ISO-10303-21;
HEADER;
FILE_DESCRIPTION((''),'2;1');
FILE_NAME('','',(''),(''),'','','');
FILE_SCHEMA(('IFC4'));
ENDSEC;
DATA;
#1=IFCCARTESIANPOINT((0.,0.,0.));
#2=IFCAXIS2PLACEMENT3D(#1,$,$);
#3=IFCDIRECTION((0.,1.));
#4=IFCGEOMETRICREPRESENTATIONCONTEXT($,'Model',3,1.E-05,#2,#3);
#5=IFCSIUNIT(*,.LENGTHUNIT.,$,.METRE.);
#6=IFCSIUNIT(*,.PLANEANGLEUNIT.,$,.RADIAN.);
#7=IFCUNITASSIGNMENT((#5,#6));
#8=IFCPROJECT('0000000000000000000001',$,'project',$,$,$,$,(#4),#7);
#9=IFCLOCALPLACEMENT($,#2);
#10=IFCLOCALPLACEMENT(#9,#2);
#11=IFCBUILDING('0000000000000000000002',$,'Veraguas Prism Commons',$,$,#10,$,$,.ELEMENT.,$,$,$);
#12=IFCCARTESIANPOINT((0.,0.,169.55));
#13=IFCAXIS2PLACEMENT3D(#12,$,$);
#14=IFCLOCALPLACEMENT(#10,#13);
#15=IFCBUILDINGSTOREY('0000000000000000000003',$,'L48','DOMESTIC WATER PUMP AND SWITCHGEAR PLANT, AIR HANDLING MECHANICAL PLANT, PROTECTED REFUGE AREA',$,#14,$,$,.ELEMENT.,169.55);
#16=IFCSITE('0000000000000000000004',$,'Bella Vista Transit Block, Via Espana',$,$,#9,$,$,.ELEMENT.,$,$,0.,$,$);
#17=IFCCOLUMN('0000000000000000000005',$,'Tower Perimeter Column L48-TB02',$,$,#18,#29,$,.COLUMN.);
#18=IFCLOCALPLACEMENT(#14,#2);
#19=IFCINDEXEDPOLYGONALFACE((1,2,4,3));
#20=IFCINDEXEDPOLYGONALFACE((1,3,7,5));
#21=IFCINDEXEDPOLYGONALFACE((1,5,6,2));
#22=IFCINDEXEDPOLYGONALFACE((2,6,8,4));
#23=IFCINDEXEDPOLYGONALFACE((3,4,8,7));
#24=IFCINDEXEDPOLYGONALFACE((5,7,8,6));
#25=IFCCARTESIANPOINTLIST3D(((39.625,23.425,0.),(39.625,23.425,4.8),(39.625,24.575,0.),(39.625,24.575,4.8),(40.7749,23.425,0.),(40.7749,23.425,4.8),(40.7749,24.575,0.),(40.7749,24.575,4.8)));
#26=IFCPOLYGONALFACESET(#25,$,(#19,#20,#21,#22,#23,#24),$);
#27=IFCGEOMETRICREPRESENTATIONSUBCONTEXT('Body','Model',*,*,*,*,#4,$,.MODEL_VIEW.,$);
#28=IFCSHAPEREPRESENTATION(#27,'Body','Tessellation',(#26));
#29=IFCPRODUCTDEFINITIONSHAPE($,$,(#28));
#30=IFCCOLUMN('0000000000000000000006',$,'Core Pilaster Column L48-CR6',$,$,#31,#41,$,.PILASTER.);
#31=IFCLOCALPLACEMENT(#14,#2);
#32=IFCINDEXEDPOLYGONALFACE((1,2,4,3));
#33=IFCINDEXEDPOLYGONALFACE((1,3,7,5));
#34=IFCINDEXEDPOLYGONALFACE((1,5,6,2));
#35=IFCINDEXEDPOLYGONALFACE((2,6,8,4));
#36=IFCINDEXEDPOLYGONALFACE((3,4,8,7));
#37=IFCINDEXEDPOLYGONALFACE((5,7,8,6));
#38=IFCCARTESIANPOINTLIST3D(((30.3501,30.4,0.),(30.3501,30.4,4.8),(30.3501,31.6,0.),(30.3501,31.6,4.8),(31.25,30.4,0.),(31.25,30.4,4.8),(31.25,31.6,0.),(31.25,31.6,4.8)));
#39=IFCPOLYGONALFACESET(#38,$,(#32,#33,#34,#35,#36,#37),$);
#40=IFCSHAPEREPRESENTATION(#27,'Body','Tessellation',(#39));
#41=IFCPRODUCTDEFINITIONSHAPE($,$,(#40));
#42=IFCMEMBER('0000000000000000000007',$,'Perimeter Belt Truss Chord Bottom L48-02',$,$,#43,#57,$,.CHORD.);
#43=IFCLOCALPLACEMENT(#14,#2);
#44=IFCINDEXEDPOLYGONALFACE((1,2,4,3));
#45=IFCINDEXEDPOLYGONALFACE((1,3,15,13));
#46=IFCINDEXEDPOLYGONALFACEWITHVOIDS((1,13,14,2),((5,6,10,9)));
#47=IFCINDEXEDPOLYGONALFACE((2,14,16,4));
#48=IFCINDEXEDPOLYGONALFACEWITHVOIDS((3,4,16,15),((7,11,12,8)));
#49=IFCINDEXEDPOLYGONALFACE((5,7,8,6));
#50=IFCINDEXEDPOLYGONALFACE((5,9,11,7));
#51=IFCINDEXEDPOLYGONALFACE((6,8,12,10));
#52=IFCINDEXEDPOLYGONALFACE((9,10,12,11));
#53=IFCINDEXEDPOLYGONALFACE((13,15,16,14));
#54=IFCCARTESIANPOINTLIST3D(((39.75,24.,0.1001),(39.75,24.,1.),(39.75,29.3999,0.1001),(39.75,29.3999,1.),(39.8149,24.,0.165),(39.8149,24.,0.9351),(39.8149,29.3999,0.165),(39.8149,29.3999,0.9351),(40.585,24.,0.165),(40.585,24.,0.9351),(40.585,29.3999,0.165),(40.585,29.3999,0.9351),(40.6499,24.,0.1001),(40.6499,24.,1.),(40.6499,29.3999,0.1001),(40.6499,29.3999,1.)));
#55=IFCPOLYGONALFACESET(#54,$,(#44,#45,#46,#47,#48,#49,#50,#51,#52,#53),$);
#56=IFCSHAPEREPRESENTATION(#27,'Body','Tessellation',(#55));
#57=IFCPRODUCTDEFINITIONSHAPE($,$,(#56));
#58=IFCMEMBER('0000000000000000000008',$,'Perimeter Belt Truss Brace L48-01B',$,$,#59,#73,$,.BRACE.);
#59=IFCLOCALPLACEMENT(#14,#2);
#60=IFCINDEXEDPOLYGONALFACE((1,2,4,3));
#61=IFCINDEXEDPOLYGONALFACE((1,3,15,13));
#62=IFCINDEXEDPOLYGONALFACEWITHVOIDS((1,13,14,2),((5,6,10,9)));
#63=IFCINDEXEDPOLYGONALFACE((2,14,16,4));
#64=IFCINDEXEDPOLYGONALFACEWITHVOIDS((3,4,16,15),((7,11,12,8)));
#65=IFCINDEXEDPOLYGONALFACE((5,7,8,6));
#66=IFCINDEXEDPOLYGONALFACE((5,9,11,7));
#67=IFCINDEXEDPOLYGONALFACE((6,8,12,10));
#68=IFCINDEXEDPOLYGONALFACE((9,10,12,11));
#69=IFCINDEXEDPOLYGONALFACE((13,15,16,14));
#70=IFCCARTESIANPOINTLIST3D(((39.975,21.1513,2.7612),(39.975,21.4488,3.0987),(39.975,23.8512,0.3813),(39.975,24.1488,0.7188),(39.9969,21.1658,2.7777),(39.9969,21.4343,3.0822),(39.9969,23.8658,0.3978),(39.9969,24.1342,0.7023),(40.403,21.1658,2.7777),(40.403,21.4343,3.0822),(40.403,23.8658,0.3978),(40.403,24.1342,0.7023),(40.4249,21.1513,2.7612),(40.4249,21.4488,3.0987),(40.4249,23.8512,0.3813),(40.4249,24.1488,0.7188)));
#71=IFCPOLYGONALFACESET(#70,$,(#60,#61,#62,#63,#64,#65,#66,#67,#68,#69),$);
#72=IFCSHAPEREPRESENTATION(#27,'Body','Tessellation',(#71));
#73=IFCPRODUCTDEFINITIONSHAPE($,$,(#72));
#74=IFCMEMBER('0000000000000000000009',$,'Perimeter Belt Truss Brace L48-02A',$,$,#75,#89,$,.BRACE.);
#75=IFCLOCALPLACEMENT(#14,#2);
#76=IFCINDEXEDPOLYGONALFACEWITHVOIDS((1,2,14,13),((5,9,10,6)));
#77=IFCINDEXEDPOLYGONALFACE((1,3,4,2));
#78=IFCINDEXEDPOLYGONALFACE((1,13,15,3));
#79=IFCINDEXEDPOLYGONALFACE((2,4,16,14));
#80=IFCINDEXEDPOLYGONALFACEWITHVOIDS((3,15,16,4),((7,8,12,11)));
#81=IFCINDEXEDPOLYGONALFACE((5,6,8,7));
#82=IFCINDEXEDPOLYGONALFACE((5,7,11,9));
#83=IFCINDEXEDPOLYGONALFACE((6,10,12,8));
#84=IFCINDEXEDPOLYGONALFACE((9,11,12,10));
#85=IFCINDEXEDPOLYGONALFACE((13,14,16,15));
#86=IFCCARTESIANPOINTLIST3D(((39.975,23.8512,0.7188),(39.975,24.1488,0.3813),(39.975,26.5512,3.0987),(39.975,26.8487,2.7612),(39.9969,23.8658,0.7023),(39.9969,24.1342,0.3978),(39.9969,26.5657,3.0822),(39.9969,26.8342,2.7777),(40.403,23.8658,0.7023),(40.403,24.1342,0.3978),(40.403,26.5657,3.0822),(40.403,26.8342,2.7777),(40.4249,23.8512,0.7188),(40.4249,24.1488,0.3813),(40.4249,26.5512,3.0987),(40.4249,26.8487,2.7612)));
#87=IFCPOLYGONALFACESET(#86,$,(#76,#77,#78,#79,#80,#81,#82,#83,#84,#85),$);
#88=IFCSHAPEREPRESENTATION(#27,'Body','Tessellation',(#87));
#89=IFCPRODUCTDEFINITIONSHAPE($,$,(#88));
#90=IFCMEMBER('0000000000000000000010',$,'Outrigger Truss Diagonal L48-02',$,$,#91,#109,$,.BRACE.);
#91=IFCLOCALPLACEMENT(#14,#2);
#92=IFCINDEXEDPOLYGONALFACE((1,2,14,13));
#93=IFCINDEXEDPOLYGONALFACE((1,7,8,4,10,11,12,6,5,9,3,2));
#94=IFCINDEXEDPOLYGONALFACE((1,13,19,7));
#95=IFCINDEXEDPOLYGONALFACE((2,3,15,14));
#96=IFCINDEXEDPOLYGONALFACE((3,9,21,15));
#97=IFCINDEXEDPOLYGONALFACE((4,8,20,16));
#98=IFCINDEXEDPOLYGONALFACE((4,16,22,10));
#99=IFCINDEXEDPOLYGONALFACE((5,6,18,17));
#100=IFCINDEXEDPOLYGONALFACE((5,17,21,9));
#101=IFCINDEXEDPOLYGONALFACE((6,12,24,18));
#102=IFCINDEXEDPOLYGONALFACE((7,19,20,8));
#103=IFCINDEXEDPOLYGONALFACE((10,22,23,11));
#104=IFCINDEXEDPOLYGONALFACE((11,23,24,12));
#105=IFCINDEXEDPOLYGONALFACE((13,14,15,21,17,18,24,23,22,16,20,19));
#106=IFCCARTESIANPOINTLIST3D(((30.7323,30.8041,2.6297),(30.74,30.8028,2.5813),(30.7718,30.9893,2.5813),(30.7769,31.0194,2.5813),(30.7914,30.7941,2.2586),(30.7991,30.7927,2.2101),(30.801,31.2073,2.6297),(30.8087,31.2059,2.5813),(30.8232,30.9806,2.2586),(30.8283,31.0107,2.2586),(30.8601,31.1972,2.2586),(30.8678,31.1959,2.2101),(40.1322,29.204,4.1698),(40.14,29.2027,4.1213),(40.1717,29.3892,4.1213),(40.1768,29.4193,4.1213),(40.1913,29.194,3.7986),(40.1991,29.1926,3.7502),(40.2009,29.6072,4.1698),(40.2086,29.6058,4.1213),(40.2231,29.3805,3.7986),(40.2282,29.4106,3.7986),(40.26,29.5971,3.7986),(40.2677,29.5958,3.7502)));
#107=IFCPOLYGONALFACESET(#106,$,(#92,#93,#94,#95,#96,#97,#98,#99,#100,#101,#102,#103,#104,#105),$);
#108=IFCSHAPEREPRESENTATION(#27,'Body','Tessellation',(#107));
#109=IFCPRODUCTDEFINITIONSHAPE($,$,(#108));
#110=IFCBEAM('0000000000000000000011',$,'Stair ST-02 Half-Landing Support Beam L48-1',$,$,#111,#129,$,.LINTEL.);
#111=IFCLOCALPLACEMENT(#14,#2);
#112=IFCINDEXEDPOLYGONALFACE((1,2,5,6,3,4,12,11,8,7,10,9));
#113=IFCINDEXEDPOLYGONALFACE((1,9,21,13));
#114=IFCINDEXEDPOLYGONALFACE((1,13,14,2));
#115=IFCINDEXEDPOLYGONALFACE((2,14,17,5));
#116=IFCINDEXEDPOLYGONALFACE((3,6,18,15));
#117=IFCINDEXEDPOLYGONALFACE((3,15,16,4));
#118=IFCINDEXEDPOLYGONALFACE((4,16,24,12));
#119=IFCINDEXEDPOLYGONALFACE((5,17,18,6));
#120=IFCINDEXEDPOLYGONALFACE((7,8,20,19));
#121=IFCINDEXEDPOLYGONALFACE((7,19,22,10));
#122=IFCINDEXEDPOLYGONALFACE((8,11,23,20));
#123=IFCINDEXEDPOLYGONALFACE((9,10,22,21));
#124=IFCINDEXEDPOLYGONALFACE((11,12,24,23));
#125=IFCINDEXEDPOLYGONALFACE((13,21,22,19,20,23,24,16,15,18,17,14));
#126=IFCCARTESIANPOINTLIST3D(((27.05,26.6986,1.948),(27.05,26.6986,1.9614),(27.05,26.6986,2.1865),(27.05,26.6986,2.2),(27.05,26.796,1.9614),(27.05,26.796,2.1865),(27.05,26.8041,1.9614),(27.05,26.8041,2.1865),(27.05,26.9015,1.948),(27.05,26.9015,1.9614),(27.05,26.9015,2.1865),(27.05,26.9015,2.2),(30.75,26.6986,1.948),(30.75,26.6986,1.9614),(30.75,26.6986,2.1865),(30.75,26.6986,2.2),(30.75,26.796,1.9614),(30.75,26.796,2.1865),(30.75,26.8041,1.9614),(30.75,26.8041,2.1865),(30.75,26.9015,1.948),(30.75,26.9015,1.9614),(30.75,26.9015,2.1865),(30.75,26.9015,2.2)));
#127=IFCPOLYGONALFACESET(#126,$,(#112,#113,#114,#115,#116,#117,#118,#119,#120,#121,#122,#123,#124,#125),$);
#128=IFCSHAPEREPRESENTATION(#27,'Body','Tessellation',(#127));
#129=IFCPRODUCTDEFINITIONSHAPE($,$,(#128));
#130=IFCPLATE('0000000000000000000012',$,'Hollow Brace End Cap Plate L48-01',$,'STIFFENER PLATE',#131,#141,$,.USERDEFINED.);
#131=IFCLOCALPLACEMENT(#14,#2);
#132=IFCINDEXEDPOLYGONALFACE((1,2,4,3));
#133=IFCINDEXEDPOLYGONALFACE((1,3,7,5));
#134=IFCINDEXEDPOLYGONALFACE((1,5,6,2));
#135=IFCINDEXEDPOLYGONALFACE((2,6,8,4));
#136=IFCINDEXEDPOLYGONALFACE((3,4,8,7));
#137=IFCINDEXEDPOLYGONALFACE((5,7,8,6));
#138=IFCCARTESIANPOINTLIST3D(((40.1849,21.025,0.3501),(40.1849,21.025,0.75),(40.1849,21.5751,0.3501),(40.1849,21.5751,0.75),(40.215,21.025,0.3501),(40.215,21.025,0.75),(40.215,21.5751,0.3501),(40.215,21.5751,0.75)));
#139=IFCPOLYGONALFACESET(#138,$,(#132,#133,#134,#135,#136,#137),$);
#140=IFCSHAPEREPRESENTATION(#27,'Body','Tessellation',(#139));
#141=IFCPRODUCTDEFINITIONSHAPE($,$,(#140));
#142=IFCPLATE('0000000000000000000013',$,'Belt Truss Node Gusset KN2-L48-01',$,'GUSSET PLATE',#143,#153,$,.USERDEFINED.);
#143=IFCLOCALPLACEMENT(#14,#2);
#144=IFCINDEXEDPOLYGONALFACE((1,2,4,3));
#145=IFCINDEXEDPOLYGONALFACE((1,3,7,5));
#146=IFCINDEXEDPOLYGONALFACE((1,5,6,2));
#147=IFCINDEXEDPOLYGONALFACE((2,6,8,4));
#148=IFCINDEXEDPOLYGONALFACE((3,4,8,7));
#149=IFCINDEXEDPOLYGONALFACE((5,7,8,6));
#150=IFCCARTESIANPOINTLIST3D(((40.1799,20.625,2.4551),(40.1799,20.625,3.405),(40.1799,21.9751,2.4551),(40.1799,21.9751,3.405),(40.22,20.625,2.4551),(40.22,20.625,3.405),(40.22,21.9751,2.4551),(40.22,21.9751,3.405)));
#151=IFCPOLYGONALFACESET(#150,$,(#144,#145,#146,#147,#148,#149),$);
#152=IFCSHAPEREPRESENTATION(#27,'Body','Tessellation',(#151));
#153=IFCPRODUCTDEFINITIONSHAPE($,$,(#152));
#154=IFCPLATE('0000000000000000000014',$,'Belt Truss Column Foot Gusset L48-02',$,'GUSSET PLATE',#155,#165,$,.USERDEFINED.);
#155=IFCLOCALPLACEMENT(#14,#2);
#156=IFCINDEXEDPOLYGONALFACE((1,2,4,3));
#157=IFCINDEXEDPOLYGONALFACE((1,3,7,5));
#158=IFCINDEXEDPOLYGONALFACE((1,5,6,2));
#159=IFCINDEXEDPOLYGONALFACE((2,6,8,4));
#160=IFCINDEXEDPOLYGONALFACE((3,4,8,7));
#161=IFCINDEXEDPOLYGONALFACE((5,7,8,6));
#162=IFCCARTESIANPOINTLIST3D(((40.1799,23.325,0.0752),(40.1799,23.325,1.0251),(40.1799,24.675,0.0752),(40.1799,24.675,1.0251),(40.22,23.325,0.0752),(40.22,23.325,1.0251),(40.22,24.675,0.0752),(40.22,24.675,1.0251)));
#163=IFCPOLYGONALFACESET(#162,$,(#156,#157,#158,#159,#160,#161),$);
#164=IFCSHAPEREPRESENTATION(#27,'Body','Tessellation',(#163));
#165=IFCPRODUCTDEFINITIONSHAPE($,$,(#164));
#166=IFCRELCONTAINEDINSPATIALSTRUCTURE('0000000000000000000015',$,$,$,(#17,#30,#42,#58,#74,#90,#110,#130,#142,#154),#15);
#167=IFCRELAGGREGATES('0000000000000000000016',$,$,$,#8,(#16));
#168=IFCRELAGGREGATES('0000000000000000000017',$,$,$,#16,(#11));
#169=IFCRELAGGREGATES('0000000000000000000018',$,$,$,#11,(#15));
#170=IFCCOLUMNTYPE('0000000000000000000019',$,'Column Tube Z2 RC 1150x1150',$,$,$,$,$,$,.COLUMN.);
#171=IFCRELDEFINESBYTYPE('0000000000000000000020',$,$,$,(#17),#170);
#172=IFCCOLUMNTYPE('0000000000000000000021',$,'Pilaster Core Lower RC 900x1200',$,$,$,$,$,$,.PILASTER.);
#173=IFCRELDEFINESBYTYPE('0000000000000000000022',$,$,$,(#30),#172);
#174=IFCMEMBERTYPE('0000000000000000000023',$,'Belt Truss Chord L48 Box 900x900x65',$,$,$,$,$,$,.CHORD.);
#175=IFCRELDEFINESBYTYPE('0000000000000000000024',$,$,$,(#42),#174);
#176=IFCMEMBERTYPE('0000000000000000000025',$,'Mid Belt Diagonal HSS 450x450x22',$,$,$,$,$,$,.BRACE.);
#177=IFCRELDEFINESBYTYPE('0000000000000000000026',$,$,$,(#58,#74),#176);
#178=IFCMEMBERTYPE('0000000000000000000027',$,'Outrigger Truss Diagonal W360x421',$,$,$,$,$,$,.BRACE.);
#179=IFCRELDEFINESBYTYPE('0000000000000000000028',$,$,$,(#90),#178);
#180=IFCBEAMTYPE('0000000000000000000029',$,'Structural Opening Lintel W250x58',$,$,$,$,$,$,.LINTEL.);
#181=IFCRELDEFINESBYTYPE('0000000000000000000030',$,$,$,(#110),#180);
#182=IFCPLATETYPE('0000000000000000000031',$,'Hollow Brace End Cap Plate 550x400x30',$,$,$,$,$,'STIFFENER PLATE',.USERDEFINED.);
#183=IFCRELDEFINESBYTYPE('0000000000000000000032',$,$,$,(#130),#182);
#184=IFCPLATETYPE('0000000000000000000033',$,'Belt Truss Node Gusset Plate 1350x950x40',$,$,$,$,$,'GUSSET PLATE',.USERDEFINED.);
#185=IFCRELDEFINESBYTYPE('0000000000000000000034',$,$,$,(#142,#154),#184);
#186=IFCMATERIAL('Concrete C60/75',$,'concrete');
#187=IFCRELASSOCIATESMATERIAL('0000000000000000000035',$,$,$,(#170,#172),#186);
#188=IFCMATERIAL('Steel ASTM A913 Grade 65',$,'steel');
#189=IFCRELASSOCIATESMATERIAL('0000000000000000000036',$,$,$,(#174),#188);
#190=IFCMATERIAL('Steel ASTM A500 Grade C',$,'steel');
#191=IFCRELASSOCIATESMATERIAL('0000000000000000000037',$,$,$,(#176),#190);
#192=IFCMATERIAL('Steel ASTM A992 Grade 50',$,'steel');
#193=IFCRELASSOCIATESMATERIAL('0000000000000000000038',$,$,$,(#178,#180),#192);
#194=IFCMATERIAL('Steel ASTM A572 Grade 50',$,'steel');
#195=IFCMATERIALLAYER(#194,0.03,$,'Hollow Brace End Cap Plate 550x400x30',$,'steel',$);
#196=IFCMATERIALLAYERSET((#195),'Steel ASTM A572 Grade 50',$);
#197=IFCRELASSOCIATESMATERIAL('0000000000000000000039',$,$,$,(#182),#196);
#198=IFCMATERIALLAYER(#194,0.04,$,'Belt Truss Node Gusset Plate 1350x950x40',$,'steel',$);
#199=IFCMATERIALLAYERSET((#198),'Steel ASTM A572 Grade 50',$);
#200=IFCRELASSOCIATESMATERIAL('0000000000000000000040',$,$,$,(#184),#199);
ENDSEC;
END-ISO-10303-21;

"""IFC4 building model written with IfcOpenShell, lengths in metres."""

from ifc_helpers import new_model, si_unit, direction, frame, origin, origin_2d, place, context, subcontext, project, spatial, rectangle, hollow_rectangle, i_section, extrude, source, transform, mapped, material, layer, layer_set, material_profile, profile_set, type_object, element, save


model = new_model("IFC4")

# Units and contexts
model_context = context("Model", 3, precision=1e-05, world=origin(), true_north=direction((0.0, 1.0)))
body_context = subcontext(model_context, "Body", "Model", "MODEL_VIEW")
ifc_project = project(units=[si_unit("LENGTHUNIT", "METRE"), si_unit("PLANEANGLEUNIT", "RADIAN")], contexts=[model_context])

# Site, building, storey
site_placement = place(None, origin())
site = spatial("IfcSite", under=ifc_project, at=site_placement, Name="Bella Vista Transit Block, Via Espana", CompositionType="ELEMENT", RefElevation=0.0)
building_placement = place(site_placement, origin())
building = spatial("IfcBuilding", under=site, at=building_placement, Name="Veraguas Prism Commons", CompositionType="ELEMENT")
storey_placement = place(building_placement, frame((0.0, 0.0, 169.55)))
storey = spatial("IfcBuildingStorey", under=building, at=storey_placement, Name="L48", Description="DOMESTIC WATER PUMP AND SWITCHGEAR PLANT, AIR HANDLING MECHANICAL PLANT, PROTECTED REFUGE AREA", CompositionType="ELEMENT", Elevation=169.55)

# Columns
ifc_material_1 = material(Name="Concrete C60/75", Category="concrete")
ifc_material_profile_1 = material_profile(ifc_material_1, rectangle(XDim=1.1499, YDim=1.1499, at=origin_2d()), Name="RC1150X1150")
ifc_profile_set_1 = profile_set([ifc_material_profile_1], Name="Concrete C60/75")
column_type_1 = type_object("IfcColumnType", Name="Column Tube Z2 RC 1150x1150", PredefinedType="COLUMN", material=ifc_profile_set_1)
column_1_placement = place(storey_placement, frame((40.2, 24.0, 0.0), z_axis=(0.0, 0.0, 1.0), x_axis=(1.0, 0.0, 0.0)))
element("IfcColumn", 1, at=column_1_placement, inside=storey, type_object=column_type_1, Name="Tower Perimeter Column L48-TB02", PredefinedType="COLUMN", context=body_context, shape_type="SweptSolid", body=[
    extrude(rectangle(XDim=1.1499, YDim=1.1499, at=origin_2d()), origin(), (0.0, 0.0, 1.0), 4.8),
])
ifc_material_profile_2 = material_profile(ifc_material_1, rectangle(XDim=0.8999, YDim=1.2, at=origin_2d()), Name="RC900X1200")
ifc_profile_set_2 = profile_set([ifc_material_profile_2], Name="Concrete C60/75")
column_type_2 = type_object("IfcColumnType", Name="Pilaster Core Lower RC 900x1200", PredefinedType="PILASTER", material=ifc_profile_set_2)
column_2_placement = place(storey_placement, frame((30.8, 31.0, 0.0), z_axis=(0.0, 0.0, 1.0), x_axis=(1.0, 0.0, 0.0)))
element("IfcColumn", 2, at=column_2_placement, inside=storey, type_object=column_type_2, Name="Core Pilaster Column L48-CR6", PredefinedType="PILASTER", context=body_context, shape_type="SweptSolid", body=[
    extrude(rectangle(XDim=0.8999, YDim=1.2, at=origin_2d()), origin(), (0.0, 0.0, 1.0), 4.8),
])

# Members
ifc_material_2 = material(Name="Steel ASTM A913 Grade 65", Category="steel")
ifc_material_profile_3 = material_profile(ifc_material_2, hollow_rectangle(XDim=0.8999, YDim=0.8999, WallThickness=0.0649, at=origin_2d()), Name="BOX900X900X65")
ifc_profile_set_3 = profile_set([ifc_material_profile_3], Name="Steel ASTM A913 Grade 65")
member_type_1 = type_object("IfcMemberType", Name="Belt Truss Chord L48 Box 900x900x65", PredefinedType="CHORD", material=ifc_profile_set_3)
member_1_placement = place(storey_placement, frame((40.2, 24.0, 0.55), z_axis=(0.0, 1.0, 0.0), x_axis=(-1.0, 0.0, 0.0)))
element("IfcMember", 3, at=member_1_placement, inside=storey, type_object=member_type_1, Name="Perimeter Belt Truss Chord Bottom L48-02", PredefinedType="CHORD", context=body_context, shape_type="SweptSolid", body=[
    extrude(hollow_rectangle(XDim=0.8999, YDim=0.8999, WallThickness=0.0649, at=origin_2d()), origin(), (0.0, 0.0, 1.0), 5.3999),
])
ifc_material_3 = material(Name="Steel ASTM A500 Grade C", Category="steel")
ifc_material_profile_4 = material_profile(ifc_material_3, hollow_rectangle(XDim=0.45, YDim=0.45, WallThickness=0.022, at=origin_2d()), Name="HSS450X450X22")
ifc_profile_set_4 = profile_set([ifc_material_profile_4], Name="Steel ASTM A500 Grade C")
member_type_2 = type_object("IfcMemberType", Name="Mid Belt Diagonal HSS 450x450x22", PredefinedType="BRACE", material=ifc_profile_set_4)
for number, where, z_axis, x_axis, name in (
    (4, (40.2, 24.0, 0.55), (0.0, -0.750172, 0.661242), (1.0, 0.0, 0.0), "Perimeter Belt Truss Brace L48-01B"),
    (5, (40.2, 24.0, 0.55), (0.0, 0.750172, 0.661242), (-1.0, 0.0, 0.0), "Perimeter Belt Truss Brace L48-02A"),
):
    element("IfcMember", number, at=place(storey_placement, frame(where, z_axis=z_axis, x_axis=x_axis)), inside=storey, type_object=member_type_2, Name=name, PredefinedType="BRACE", context=body_context, shape_type="SweptSolid", body=[
        extrude(hollow_rectangle(XDim=0.45, YDim=0.45, WallThickness=0.022, at=origin_2d()), origin(), (0.0, 0.0, 1.0), 3.5991),
    ])
ifc_material_4 = material(Name="Steel ASTM A992 Grade 50", Category="steel")
ifc_material_profile_5 = material_profile(ifc_material_4, i_section(OverallWidth=0.4089, OverallDepth=0.425, WebThickness=0.0305, FlangeThickness=0.0491, at=origin_2d()), Name="W360X421")
ifc_profile_set_5 = profile_set([ifc_material_profile_5], Name="Steel ASTM A992 Grade 50")
member_type_3 = type_object("IfcMemberType", Name="Outrigger Truss Diagonal W360x421", PredefinedType="BRACE", material=ifc_profile_set_5)
member_2_placement = place(storey_placement, frame((30.8, 31.0, 2.4199), z_axis=(0.973207, -0.165664, 0.159446), x_axis=(0.167811, 0.985819, 0.0)))
element("IfcMember", 6, at=member_2_placement, inside=storey, type_object=member_type_3, Name="Outrigger Truss Diagonal L48-02", PredefinedType="BRACE", context=body_context, shape_type="SweptSolid", body=[
    extrude(i_section(OverallWidth=0.4089, OverallDepth=0.425, WebThickness=0.0305, FlangeThickness=0.0491, at=origin_2d()), origin(), (0.0, 0.0, 1.0), 9.6587),
])

# Beam
ifc_material_profile_6 = material_profile(ifc_material_4, i_section(OverallWidth=0.2029, OverallDepth=0.252, WebThickness=0.0081, FlangeThickness=0.0134, at=origin_2d()), Name="W250X58")
ifc_profile_set_6 = profile_set([ifc_material_profile_6], Name="Steel ASTM A992 Grade 50")
beam_type = type_object("IfcBeamType", Name="Structural Opening Lintel W250x58", PredefinedType="LINTEL", material=ifc_profile_set_6)
beam_placement = place(storey_placement, frame((27.05, 26.8, 2.074), z_axis=(1.0, 0.0, 0.0), x_axis=(0.0, 1.0, 0.0)))
element("IfcBeam", 7, at=beam_placement, inside=storey, type_object=beam_type, Name="Stair ST-02 Half-Landing Support Beam L48-1", PredefinedType="LINTEL", context=body_context, shape_type="SweptSolid", body=[
    extrude(i_section(OverallWidth=0.2029, OverallDepth=0.252, WebThickness=0.0081, FlangeThickness=0.0134, at=origin_2d()), origin(), (0.0, 0.0, 1.0), 3.7),
])

# Plates
ifc_material_5 = material(Name="Steel ASTM A572 Grade 50", Category="steel")
ifc_layer_1 = layer(ifc_material_5, 0.03, Name="Hollow Brace End Cap Plate 550x400x30", Category="steel")
ifc_layer_set_1 = layer_set([ifc_layer_1], Name="Steel ASTM A572 Grade 50")
plate_type_1 = type_object("IfcPlateType", Name="Hollow Brace End Cap Plate 550x400x30", ElementType="STIFFENER PLATE", PredefinedType="USERDEFINED", material=ifc_layer_set_1)
shared_shape_1 = source(origin(), body_context, "Body", "SweptSolid", [
    extrude(rectangle(XDim=0.55, YDim=0.03, at=origin_2d()), origin(), (0.0, 0.0, 1.0), 0.3999),
])
plate_1_placement = place(storey_placement, frame((40.2, 21.3, 0.3501), z_axis=(0.0, 0.0, 1.0), x_axis=(0.0, 1.0, 0.0)))
element("IfcPlate", 8, at=plate_1_placement, inside=storey, type_object=plate_type_1, Name="Hollow Brace End Cap Plate L48-01", ObjectType="STIFFENER PLATE", PredefinedType="USERDEFINED", context=body_context, shape_type="MappedRepresentation", body=[
    mapped(shared_shape_1, transform((0.0, 0.0, 0.0), scale=1.0)),
])
ifc_layer_2 = layer(ifc_material_5, 0.04, Name="Belt Truss Node Gusset Plate 1350x950x40", Category="steel")
ifc_layer_set_2 = layer_set([ifc_layer_2], Name="Steel ASTM A572 Grade 50")
plate_type_2 = type_object("IfcPlateType", Name="Belt Truss Node Gusset Plate 1350x950x40", ElementType="GUSSET PLATE", PredefinedType="USERDEFINED", material=ifc_layer_set_2)
shared_shape_2 = source(origin(), body_context, "Body", "SweptSolid", [
    extrude(rectangle(XDim=1.3501, YDim=0.04, at=origin_2d()), origin(), (0.0, 0.0, 1.0), 0.95),
])
for number, where, z_axis, x_axis, name in (
    (9, (40.2, 21.3, 2.4551), (0.0, 0.0, 1.0), (0.0, 1.0, 0.0), "Belt Truss Node Gusset KN2-L48-01"),
    (10, (40.2, 24.0, 0.0752), (0.0, 0.0, 1.0), (0.0, 1.0, 0.0), "Belt Truss Column Foot Gusset L48-02"),
):
    element("IfcPlate", number, at=place(storey_placement, frame(where, z_axis=z_axis, x_axis=x_axis)), inside=storey, type_object=plate_type_2, Name=name, ObjectType="GUSSET PLATE", PredefinedType="USERDEFINED", context=body_context, shape_type="MappedRepresentation", body=[
        mapped(shared_shape_2, transform((0.0, 0.0, 0.0), scale=1.0)),
    ])

save(model, "model.ifc")
